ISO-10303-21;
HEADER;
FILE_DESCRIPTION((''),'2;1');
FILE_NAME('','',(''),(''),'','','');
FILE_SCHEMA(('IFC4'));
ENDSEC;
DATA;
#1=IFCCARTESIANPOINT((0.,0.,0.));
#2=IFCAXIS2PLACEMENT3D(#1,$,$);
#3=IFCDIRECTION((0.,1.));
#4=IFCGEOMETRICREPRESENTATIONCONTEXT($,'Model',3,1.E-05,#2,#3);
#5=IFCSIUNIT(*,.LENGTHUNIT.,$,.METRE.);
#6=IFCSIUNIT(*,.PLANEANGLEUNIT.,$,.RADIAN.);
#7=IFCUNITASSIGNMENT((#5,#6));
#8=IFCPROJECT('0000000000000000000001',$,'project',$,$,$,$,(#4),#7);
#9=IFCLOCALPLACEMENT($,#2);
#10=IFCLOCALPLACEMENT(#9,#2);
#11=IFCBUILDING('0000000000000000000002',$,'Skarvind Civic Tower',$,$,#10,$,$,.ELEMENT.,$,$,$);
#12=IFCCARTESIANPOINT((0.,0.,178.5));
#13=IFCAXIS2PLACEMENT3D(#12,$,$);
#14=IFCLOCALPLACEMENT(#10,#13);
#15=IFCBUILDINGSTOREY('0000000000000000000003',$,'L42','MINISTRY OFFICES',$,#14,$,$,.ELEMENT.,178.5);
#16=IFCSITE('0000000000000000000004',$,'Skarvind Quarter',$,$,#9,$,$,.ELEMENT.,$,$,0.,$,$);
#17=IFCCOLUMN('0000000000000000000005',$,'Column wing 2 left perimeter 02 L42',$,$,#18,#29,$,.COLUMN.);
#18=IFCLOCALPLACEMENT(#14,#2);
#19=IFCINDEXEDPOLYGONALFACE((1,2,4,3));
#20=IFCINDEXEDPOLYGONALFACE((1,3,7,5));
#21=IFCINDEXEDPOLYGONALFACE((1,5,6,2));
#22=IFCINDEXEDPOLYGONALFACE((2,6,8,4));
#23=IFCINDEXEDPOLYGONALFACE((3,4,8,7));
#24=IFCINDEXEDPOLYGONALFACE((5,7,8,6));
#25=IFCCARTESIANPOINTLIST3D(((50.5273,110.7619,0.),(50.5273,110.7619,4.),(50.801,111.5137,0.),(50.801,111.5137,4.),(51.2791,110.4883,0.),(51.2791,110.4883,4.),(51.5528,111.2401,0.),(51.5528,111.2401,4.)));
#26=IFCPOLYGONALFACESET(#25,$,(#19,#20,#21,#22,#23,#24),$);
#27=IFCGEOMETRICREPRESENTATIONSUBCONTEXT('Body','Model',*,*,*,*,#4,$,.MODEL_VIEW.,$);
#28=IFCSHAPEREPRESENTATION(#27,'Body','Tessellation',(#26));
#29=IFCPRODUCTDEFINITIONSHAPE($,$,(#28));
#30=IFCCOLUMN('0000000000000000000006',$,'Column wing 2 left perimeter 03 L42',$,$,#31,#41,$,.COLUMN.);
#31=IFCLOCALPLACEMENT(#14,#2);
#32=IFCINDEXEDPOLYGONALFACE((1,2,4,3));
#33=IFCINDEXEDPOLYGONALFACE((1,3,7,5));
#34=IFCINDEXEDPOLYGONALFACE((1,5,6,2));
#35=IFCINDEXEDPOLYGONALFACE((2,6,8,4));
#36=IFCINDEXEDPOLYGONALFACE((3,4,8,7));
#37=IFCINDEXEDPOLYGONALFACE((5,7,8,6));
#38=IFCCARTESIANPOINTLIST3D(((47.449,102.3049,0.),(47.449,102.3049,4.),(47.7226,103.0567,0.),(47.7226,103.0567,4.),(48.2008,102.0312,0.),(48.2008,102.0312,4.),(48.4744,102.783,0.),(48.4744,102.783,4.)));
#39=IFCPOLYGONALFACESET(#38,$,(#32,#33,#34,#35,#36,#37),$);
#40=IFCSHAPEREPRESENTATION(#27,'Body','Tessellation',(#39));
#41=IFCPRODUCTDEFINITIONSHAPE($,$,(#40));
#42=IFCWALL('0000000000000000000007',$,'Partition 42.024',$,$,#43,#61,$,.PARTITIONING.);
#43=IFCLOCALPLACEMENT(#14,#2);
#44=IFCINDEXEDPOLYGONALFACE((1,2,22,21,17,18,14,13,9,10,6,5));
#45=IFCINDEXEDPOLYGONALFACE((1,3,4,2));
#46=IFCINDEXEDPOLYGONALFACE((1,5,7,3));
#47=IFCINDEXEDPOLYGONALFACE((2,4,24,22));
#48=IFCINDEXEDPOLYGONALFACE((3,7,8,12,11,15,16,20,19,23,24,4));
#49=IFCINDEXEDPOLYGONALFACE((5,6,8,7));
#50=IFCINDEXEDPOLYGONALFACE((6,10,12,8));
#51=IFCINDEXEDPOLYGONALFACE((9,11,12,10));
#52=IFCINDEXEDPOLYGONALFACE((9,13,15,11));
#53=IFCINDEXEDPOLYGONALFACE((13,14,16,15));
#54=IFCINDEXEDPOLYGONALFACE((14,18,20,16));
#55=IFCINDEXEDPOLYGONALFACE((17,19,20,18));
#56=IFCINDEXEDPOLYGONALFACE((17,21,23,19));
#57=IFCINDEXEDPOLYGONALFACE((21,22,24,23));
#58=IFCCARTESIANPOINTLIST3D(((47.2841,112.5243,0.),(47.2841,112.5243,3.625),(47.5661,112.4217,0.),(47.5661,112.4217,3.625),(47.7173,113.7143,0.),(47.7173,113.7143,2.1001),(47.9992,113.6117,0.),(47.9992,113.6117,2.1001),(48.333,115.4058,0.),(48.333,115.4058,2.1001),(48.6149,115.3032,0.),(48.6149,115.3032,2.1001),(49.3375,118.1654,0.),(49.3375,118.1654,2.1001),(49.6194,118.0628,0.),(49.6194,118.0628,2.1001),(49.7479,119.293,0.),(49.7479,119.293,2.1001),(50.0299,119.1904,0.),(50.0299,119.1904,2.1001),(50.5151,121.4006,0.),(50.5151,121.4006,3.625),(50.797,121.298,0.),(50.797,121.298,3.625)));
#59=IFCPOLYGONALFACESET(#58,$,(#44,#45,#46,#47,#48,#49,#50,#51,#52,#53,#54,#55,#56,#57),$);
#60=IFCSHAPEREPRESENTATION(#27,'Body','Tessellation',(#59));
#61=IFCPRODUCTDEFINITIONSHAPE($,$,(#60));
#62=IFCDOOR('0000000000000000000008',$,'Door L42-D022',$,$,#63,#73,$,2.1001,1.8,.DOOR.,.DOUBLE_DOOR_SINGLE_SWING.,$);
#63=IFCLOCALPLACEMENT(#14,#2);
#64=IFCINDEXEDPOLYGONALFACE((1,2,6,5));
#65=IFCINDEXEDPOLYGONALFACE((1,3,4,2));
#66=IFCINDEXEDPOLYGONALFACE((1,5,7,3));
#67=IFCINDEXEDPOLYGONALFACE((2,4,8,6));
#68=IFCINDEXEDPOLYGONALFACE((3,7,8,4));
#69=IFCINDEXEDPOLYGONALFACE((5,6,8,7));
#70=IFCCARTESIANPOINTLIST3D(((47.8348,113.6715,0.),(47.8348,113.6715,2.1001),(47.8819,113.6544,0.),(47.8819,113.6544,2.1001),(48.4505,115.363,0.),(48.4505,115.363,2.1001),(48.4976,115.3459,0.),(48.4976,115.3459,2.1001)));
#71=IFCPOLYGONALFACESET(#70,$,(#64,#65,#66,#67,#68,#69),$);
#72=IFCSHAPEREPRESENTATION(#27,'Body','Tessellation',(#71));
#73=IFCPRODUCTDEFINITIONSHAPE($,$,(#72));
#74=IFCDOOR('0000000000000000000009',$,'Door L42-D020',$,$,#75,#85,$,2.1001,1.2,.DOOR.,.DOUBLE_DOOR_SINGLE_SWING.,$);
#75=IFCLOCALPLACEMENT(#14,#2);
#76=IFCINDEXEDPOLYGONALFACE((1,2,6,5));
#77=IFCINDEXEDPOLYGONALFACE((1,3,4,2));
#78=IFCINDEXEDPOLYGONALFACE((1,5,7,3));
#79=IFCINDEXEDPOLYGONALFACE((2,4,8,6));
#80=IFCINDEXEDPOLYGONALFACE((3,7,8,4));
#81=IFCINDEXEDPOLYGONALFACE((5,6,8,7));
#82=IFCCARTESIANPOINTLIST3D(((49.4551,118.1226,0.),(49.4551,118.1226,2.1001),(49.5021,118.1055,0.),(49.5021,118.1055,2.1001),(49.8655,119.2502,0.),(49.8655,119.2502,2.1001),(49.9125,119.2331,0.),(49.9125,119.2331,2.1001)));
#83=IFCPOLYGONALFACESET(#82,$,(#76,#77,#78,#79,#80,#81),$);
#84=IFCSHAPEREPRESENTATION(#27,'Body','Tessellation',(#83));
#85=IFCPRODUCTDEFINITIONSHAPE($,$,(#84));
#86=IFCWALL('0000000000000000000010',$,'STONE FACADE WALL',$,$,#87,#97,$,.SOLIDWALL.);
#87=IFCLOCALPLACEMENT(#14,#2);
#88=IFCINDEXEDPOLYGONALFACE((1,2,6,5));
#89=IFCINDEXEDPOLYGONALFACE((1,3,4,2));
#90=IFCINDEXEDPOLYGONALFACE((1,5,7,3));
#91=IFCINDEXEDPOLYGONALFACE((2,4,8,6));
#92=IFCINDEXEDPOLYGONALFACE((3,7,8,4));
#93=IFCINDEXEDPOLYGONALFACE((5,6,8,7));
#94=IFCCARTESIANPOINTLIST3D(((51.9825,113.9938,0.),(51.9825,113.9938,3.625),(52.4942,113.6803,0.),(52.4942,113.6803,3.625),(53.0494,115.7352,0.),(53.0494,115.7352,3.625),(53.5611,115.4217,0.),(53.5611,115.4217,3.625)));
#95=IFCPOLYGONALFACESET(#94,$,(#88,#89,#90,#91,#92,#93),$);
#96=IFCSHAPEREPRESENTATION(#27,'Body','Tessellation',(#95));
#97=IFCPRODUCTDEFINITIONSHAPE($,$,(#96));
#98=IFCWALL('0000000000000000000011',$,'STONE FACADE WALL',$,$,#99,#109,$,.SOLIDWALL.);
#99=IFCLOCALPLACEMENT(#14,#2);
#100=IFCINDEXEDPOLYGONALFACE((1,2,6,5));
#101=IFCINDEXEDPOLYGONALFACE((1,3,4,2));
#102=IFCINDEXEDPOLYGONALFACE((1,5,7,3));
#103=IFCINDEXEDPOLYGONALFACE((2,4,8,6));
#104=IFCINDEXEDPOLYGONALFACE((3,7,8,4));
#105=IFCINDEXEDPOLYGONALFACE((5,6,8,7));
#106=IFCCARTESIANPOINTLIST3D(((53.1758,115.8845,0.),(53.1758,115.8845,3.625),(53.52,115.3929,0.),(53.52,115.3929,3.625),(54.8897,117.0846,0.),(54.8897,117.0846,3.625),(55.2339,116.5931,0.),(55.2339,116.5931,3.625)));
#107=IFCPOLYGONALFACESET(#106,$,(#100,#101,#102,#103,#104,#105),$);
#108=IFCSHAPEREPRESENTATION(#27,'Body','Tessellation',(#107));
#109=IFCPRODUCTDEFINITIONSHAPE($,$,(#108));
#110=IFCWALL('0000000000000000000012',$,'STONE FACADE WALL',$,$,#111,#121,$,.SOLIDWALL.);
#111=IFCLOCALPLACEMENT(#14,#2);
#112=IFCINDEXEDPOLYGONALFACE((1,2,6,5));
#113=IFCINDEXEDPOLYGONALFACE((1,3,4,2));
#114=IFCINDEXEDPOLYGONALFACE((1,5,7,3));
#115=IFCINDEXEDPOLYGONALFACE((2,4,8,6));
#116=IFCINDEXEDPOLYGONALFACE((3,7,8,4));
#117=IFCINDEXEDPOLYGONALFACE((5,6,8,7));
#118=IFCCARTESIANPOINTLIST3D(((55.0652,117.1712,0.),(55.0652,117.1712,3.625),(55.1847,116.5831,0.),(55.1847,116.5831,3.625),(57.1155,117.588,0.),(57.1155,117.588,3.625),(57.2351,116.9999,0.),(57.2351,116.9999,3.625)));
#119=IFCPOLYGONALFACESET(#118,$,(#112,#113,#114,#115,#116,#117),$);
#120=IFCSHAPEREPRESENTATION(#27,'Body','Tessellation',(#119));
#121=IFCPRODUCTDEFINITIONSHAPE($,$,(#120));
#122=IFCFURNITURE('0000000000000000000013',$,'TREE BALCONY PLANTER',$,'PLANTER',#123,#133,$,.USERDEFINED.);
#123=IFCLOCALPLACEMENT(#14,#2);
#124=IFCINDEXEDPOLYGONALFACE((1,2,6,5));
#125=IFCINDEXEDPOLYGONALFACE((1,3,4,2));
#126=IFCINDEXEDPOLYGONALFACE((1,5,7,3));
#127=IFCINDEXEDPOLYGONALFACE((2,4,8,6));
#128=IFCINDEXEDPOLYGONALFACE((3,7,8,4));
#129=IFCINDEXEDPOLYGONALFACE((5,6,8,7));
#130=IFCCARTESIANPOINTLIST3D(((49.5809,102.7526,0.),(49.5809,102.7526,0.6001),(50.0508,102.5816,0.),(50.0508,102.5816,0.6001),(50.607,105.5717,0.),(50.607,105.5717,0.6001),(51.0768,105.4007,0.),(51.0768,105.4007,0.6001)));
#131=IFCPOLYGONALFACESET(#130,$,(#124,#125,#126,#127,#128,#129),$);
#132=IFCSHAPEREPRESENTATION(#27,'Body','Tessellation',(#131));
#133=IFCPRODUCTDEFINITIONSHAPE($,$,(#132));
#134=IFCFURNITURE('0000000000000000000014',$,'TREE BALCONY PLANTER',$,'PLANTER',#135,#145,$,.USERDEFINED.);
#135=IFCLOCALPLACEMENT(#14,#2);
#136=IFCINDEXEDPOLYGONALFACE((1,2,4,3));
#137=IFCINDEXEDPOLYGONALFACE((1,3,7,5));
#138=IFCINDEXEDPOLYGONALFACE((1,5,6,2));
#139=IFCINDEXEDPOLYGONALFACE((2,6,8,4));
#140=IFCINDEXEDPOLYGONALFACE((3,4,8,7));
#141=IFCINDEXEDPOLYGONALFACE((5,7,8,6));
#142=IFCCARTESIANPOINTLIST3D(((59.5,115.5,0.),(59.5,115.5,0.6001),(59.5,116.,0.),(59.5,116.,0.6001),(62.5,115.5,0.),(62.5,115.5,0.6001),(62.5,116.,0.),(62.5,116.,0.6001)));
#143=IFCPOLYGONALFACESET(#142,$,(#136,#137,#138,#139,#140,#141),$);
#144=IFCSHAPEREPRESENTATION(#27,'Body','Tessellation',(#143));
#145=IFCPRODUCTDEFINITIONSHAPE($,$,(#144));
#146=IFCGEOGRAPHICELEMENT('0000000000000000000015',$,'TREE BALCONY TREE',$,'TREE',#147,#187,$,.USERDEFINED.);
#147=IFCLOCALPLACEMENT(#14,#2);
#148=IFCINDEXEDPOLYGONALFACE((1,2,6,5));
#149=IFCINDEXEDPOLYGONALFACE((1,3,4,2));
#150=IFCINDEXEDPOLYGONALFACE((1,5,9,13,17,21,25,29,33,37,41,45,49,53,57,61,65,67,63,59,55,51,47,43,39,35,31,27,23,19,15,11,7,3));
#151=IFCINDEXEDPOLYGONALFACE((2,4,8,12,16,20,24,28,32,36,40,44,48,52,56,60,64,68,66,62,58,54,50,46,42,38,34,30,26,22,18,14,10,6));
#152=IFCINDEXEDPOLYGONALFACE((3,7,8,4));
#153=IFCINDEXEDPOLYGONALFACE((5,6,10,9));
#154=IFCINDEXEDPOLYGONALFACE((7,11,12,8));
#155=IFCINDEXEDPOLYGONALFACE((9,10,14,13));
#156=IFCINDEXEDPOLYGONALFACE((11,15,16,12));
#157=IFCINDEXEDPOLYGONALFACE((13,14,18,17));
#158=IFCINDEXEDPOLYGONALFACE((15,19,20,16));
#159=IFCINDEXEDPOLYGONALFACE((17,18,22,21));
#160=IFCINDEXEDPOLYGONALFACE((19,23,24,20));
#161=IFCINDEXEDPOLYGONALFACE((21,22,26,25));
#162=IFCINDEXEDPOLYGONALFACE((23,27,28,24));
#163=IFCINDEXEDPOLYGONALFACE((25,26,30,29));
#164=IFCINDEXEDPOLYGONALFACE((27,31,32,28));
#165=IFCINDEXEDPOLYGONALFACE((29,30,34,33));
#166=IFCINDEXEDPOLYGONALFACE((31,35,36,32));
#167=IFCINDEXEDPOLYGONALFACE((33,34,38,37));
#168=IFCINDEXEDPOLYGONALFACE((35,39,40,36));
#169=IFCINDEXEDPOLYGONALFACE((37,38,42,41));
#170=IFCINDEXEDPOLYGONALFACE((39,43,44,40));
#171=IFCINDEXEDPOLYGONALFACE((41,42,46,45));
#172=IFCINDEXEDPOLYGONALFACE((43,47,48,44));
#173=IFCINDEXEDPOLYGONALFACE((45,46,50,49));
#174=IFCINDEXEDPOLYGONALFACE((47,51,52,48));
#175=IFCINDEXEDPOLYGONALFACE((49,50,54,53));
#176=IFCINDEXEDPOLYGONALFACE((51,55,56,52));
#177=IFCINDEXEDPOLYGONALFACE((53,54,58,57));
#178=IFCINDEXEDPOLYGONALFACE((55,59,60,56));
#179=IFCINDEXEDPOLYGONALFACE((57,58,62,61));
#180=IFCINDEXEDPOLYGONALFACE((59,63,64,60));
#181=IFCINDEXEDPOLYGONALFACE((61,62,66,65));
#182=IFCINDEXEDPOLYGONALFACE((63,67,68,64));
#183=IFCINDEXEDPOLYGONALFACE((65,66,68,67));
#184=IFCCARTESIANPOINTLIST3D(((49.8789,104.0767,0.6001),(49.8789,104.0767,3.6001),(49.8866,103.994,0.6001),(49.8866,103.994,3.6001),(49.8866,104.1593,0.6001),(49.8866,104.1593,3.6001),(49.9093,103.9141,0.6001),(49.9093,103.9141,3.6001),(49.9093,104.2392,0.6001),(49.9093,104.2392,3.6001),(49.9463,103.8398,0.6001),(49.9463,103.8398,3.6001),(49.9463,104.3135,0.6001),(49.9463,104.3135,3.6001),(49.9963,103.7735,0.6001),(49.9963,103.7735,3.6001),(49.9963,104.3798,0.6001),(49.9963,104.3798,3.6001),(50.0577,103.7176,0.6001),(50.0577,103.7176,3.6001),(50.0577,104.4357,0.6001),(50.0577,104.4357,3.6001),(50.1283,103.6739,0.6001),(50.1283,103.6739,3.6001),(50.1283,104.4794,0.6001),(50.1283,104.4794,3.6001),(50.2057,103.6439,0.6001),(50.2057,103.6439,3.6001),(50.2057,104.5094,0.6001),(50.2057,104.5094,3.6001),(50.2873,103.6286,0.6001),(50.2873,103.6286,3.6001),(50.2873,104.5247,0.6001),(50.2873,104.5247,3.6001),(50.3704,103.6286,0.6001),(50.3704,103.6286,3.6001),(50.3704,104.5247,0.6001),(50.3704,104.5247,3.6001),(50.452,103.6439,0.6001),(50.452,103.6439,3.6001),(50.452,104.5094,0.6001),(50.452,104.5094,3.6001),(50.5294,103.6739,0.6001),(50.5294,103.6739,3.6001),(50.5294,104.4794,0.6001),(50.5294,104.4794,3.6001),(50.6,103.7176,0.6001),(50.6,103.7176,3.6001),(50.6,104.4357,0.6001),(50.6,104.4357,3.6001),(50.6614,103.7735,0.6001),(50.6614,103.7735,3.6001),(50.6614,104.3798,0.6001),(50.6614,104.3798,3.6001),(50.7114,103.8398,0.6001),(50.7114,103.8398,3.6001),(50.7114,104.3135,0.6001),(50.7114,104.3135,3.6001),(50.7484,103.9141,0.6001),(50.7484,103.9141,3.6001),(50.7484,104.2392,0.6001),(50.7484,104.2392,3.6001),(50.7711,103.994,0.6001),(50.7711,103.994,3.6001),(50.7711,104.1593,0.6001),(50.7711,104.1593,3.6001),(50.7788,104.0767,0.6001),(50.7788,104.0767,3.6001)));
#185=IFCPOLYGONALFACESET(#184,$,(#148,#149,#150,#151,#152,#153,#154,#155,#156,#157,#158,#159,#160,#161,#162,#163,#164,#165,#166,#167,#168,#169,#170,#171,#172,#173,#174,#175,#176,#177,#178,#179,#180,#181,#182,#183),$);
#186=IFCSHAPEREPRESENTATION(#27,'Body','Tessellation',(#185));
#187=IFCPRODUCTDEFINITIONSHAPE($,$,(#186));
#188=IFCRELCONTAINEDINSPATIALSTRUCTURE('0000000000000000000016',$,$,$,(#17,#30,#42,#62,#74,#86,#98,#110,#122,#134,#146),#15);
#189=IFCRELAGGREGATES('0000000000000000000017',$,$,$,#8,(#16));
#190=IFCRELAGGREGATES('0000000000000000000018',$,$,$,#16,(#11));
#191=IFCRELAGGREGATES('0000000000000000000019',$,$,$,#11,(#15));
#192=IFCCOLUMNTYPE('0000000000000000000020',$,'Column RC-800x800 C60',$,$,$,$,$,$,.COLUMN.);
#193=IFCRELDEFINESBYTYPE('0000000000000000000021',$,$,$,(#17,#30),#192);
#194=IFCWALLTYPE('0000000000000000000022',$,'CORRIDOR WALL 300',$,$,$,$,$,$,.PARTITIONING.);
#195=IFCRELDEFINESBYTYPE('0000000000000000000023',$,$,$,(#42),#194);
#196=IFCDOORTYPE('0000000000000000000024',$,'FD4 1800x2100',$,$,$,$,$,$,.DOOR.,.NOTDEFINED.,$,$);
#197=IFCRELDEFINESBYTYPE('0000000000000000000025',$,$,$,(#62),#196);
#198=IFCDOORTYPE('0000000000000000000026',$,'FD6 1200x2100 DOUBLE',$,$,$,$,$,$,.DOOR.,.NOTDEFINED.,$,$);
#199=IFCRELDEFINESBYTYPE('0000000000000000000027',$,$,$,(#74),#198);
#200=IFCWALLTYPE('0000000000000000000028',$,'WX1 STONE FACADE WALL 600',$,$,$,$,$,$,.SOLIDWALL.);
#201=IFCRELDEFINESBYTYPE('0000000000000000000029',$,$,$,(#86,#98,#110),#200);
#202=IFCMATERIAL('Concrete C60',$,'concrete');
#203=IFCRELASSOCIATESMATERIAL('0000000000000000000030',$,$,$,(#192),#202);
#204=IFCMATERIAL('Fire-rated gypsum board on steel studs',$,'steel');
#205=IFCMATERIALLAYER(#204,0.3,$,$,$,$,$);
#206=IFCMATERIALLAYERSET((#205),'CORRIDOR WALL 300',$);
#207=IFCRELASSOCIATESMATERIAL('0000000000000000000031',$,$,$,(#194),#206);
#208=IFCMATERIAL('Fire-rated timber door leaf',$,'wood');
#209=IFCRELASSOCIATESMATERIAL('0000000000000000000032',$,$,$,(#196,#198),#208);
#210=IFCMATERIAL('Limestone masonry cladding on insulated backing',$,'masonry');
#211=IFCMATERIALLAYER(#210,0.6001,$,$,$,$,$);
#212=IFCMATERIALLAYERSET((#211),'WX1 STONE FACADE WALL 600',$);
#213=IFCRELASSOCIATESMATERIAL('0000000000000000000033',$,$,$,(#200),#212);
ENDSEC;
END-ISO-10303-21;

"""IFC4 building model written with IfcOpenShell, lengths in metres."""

from ifc_helpers import new_model, si_unit, direction, frame, frame_2d, origin, origin_2d, place, context, subcontext, project, spatial, rectangle, circle, extrude, material, layer, layer_set, material_profile, profile_set, type_object, element, fill, save


model = new_model("IFC4")

# Units and contexts
model_context = context("Model", 3, precision=1e-05, world=origin(), true_north=direction((0.0, 1.0)))
body_context = subcontext(model_context, "Body", "Model", "MODEL_VIEW")
ifc_project = project(units=[si_unit("LENGTHUNIT", "METRE"), si_unit("PLANEANGLEUNIT", "RADIAN")], contexts=[model_context])

# Site, building, storey
site_placement = place(None, origin())
site = spatial("IfcSite", under=ifc_project, at=site_placement, Name="Skarvind Quarter", CompositionType="ELEMENT", RefElevation=0.0)
building_placement = place(site_placement, origin())
building = spatial("IfcBuilding", under=site, at=building_placement, Name="Skarvind Civic Tower", CompositionType="ELEMENT")
storey_placement = place(building_placement, frame((0.0, 0.0, 178.5)))
storey = spatial("IfcBuildingStorey", under=building, at=storey_placement, Name="L42", Description="MINISTRY OFFICES", CompositionType="ELEMENT", Elevation=178.5)

# Columns
ifc_material_1 = material(Name="Concrete C60", Category="concrete")
ifc_material_profile = material_profile(ifc_material_1, rectangle(XDim=0.8, YDim=0.8, at=origin_2d()), Name="RC-800x800")
ifc_profile_set = profile_set([ifc_material_profile], Name="Concrete C60")
column_type = type_object("IfcColumnType", Name="Column RC-800x800 C60", PredefinedType="COLUMN", material=ifc_profile_set)
for number, where, z_axis, x_axis, name in (
    (1, (51.04, 111.001, 0.0), (0.0, 0.0, 1.0), (-0.34202, -0.939693, 0.0), "Column wing 2 left perimeter 02 L42"),
    (2, (47.9617, 102.5439, 0.0), (0.0, 0.0, 1.0), (-0.34202, -0.939693, 0.0), "Column wing 2 left perimeter 03 L42"),
):
    element("IfcColumn", number, at=place(storey_placement, frame(where, z_axis=z_axis, x_axis=x_axis)), inside=storey, type_object=column_type, Name=name, PredefinedType="COLUMN", context=body_context, shape_type="SweptSolid", body=[
        extrude(rectangle(XDim=0.8, YDim=0.8, at=origin_2d()), origin(), (0.0, 0.0, 1.0), 4.0),
    ])

# Wall, openings, doors
ifc_material_2 = material(Name="Fire-rated gypsum board on steel studs", Category="steel")
ifc_layer_1 = layer(ifc_material_2, 0.3)
ifc_layer_set_1 = layer_set([ifc_layer_1], Name="CORRIDOR WALL 300")
wall_type_1 = type_object("IfcWallType", Name="CORRIDOR WALL 300", PredefinedType="PARTITIONING", material=ifc_layer_set_1)
wall_1_placement = place(storey_placement, frame((47.425, 112.4729, 0.0), z_axis=(0.0, 0.0, 1.0), x_axis=(0.342046, 0.939683, 0.0)))
wall_1 = element("IfcWall", 3, at=wall_1_placement, inside=storey, type_object=wall_type_1, Name="Partition 42.024", PredefinedType="PARTITIONING", context=body_context, shape_type="SweptSolid", body=[
    extrude(rectangle(XDim=9.446, YDim=0.3, at=frame_2d((4.7231, 0.0))), origin(), (0.0, 0.0, 1.0), 3.625),
])
opening_1_placement = place(wall_1_placement, frame((6.0032, 0.0, 0.0)))
opening_1 = element("IfcOpeningElement", 4, at=opening_1_placement, cuts=wall_1, PredefinedType="OPENING", context=body_context, shape_type="SweptSolid", body=[
    extrude(rectangle(XDim=1.2, YDim=2.1001, at=frame_2d((0.6001, 1.05))), frame((0.0, 0.1599, 0.0), z_axis=(0.0, -1.0, 0.0), x_axis=(1.0, 0.0, 0.0)), (0.0, 0.0, 1.0), 0.3201),
])
opening_2_placement = place(wall_1_placement, frame((1.2666, 0.0, 0.0)))
opening_2 = element("IfcOpeningElement", 5, at=opening_2_placement, cuts=wall_1, PredefinedType="OPENING", context=body_context, shape_type="SweptSolid", body=[
    extrude(rectangle(XDim=1.8, YDim=2.1001, at=frame_2d((0.8999, 1.05))), frame((0.0, 0.1599, 0.0), z_axis=(0.0, -1.0, 0.0), x_axis=(1.0, 0.0, 0.0)), (0.0, 0.0, 1.0), 0.3201),
])
ifc_material_3 = material(Name="Fire-rated timber door leaf", Category="wood")
door_type_1 = type_object("IfcDoorType", Name="FD4 1800x2100", OperationType="NOTDEFINED", PredefinedType="DOOR", material=ifc_material_3)
door_1_placement = place(opening_2_placement, origin())
door_1 = element("IfcDoor", 6, at=door_1_placement, inside=storey, type_object=door_type_1, Name="Door L42-D022", OperationType="DOUBLE_DOOR_SINGLE_SWING", OverallHeight=2.1001, OverallWidth=1.8, PredefinedType="DOOR", context=body_context, shape_type="SweptSolid", body=[
    extrude(rectangle(XDim=1.8, YDim=2.1001, at=frame_2d((0.8999, 1.05))), frame((0.0, 0.0249, 0.0), z_axis=(0.0, -1.0, 0.0), x_axis=(1.0, 0.0, 0.0)), (0.0, 0.0, 1.0), 0.05),
])
fill(opening_2, door_1)
door_type_2 = type_object("IfcDoorType", Name="FD6 1200x2100 DOUBLE", OperationType="NOTDEFINED", PredefinedType="DOOR", material=ifc_material_3)
door_2_placement = place(opening_1_placement, origin())
door_2 = element("IfcDoor", 7, at=door_2_placement, inside=storey, type_object=door_type_2, Name="Door L42-D020", OperationType="DOUBLE_DOOR_SINGLE_SWING", OverallHeight=2.1001, OverallWidth=1.2, PredefinedType="DOOR", context=body_context, shape_type="SweptSolid", body=[
    extrude(rectangle(XDim=1.2, YDim=2.1001, at=frame_2d((0.6001, 1.05))), frame((0.0, 0.0249, 0.0), z_axis=(0.0, -1.0, 0.0), x_axis=(1.0, 0.0, 0.0)), (0.0, 0.0, 1.0), 0.05),
])
fill(opening_1, door_2)

# Shared definitions
ifc_material_4 = material(Name="Limestone masonry cladding on insulated backing", Category="masonry")
ifc_layer_2 = layer(ifc_material_4, 0.6001)
ifc_layer_set_2 = layer_set([ifc_layer_2], Name="WX1 STONE FACADE WALL 600")
wall_type_2 = type_object("IfcWallType", Name="WX1 STONE FACADE WALL 600", PredefinedType="SOLIDWALL", material=ifc_layer_set_2)

# Walls
wall_2_placement = place(storey_placement, frame((53.3052, 115.5784, 0.0), z_axis=(0.0, 0.0, 1.0), x_axis=(-0.522402, -0.852699, 0.0)))
element("IfcWall", 8, at=wall_2_placement, inside=storey, type_object=wall_type_2, Name="STONE FACADE WALL", PredefinedType="SOLIDWALL", context=body_context, shape_type="SweptSolid", body=[
    extrude(rectangle(XDim=2.0422, YDim=0.6001, at=frame_2d((1.021, 0.0))), origin(), (0.0, 0.0, 1.0), 3.625),
])
for number, where, z_axis, x_axis, name in (
    (9, (55.0618, 116.8389, 0.0), (0.0, 0.0, 1.0), (-0.819122, -0.573619, 0.0), "STONE FACADE WALL"),
    (10, (57.1753, 117.2939, 0.0), (0.0, 0.0, 1.0), (-0.979961, -0.199189, 0.0), "STONE FACADE WALL"),
):
    element("IfcWall", number, at=place(storey_placement, frame(where, z_axis=z_axis, x_axis=x_axis)), inside=storey, type_object=wall_type_2, Name=name, PredefinedType="SOLIDWALL", context=body_context, shape_type="SweptSolid", body=[
        extrude(rectangle(XDim=2.0923, YDim=0.6001, at=frame_2d((1.0461, 0.0))), origin(), (0.0, 0.0, 1.0), 3.625),
    ])

# Furniture
for number, where, z_axis, x_axis, name in (
    (11, (50.3289, 104.0767, 0.0), (0.0, 0.0, 1.0), (-0.34202, -0.939693, 0.0), "TREE BALCONY PLANTER"),
    (12, (61.0, 115.75, 0.0), (0.0, 0.0, 1.0), (-1.0, 0.0, 0.0), "TREE BALCONY PLANTER"),
):
    element("IfcFurniture", number, at=place(storey_placement, frame(where, z_axis=z_axis, x_axis=x_axis)), inside=storey, Name=name, ObjectType="PLANTER", PredefinedType="USERDEFINED", context=body_context, shape_type="SweptSolid", body=[
        extrude(rectangle(XDim=3.0, YDim=0.5, at=origin_2d()), origin(), (0.0, 0.0, 1.0), 0.6001),
    ])

# Geographic element
geographic_element_1_placement = place(storey_placement, frame((50.3289, 104.0767, 0.6001), z_axis=(0.0, 0.0, 1.0), x_axis=(1.0, 0.0, 0.0)))
element("IfcGeographicElement", 13, at=geographic_element_1_placement, inside=storey, Name="TREE BALCONY TREE", ObjectType="TREE", PredefinedType="USERDEFINED", context=body_context, shape_type="SweptSolid", body=[
    extrude(circle(Radius=0.45, at=origin_2d()), origin(), (0.0, 0.0, 1.0), 3.0),
])

save(model, "model.ifc")
